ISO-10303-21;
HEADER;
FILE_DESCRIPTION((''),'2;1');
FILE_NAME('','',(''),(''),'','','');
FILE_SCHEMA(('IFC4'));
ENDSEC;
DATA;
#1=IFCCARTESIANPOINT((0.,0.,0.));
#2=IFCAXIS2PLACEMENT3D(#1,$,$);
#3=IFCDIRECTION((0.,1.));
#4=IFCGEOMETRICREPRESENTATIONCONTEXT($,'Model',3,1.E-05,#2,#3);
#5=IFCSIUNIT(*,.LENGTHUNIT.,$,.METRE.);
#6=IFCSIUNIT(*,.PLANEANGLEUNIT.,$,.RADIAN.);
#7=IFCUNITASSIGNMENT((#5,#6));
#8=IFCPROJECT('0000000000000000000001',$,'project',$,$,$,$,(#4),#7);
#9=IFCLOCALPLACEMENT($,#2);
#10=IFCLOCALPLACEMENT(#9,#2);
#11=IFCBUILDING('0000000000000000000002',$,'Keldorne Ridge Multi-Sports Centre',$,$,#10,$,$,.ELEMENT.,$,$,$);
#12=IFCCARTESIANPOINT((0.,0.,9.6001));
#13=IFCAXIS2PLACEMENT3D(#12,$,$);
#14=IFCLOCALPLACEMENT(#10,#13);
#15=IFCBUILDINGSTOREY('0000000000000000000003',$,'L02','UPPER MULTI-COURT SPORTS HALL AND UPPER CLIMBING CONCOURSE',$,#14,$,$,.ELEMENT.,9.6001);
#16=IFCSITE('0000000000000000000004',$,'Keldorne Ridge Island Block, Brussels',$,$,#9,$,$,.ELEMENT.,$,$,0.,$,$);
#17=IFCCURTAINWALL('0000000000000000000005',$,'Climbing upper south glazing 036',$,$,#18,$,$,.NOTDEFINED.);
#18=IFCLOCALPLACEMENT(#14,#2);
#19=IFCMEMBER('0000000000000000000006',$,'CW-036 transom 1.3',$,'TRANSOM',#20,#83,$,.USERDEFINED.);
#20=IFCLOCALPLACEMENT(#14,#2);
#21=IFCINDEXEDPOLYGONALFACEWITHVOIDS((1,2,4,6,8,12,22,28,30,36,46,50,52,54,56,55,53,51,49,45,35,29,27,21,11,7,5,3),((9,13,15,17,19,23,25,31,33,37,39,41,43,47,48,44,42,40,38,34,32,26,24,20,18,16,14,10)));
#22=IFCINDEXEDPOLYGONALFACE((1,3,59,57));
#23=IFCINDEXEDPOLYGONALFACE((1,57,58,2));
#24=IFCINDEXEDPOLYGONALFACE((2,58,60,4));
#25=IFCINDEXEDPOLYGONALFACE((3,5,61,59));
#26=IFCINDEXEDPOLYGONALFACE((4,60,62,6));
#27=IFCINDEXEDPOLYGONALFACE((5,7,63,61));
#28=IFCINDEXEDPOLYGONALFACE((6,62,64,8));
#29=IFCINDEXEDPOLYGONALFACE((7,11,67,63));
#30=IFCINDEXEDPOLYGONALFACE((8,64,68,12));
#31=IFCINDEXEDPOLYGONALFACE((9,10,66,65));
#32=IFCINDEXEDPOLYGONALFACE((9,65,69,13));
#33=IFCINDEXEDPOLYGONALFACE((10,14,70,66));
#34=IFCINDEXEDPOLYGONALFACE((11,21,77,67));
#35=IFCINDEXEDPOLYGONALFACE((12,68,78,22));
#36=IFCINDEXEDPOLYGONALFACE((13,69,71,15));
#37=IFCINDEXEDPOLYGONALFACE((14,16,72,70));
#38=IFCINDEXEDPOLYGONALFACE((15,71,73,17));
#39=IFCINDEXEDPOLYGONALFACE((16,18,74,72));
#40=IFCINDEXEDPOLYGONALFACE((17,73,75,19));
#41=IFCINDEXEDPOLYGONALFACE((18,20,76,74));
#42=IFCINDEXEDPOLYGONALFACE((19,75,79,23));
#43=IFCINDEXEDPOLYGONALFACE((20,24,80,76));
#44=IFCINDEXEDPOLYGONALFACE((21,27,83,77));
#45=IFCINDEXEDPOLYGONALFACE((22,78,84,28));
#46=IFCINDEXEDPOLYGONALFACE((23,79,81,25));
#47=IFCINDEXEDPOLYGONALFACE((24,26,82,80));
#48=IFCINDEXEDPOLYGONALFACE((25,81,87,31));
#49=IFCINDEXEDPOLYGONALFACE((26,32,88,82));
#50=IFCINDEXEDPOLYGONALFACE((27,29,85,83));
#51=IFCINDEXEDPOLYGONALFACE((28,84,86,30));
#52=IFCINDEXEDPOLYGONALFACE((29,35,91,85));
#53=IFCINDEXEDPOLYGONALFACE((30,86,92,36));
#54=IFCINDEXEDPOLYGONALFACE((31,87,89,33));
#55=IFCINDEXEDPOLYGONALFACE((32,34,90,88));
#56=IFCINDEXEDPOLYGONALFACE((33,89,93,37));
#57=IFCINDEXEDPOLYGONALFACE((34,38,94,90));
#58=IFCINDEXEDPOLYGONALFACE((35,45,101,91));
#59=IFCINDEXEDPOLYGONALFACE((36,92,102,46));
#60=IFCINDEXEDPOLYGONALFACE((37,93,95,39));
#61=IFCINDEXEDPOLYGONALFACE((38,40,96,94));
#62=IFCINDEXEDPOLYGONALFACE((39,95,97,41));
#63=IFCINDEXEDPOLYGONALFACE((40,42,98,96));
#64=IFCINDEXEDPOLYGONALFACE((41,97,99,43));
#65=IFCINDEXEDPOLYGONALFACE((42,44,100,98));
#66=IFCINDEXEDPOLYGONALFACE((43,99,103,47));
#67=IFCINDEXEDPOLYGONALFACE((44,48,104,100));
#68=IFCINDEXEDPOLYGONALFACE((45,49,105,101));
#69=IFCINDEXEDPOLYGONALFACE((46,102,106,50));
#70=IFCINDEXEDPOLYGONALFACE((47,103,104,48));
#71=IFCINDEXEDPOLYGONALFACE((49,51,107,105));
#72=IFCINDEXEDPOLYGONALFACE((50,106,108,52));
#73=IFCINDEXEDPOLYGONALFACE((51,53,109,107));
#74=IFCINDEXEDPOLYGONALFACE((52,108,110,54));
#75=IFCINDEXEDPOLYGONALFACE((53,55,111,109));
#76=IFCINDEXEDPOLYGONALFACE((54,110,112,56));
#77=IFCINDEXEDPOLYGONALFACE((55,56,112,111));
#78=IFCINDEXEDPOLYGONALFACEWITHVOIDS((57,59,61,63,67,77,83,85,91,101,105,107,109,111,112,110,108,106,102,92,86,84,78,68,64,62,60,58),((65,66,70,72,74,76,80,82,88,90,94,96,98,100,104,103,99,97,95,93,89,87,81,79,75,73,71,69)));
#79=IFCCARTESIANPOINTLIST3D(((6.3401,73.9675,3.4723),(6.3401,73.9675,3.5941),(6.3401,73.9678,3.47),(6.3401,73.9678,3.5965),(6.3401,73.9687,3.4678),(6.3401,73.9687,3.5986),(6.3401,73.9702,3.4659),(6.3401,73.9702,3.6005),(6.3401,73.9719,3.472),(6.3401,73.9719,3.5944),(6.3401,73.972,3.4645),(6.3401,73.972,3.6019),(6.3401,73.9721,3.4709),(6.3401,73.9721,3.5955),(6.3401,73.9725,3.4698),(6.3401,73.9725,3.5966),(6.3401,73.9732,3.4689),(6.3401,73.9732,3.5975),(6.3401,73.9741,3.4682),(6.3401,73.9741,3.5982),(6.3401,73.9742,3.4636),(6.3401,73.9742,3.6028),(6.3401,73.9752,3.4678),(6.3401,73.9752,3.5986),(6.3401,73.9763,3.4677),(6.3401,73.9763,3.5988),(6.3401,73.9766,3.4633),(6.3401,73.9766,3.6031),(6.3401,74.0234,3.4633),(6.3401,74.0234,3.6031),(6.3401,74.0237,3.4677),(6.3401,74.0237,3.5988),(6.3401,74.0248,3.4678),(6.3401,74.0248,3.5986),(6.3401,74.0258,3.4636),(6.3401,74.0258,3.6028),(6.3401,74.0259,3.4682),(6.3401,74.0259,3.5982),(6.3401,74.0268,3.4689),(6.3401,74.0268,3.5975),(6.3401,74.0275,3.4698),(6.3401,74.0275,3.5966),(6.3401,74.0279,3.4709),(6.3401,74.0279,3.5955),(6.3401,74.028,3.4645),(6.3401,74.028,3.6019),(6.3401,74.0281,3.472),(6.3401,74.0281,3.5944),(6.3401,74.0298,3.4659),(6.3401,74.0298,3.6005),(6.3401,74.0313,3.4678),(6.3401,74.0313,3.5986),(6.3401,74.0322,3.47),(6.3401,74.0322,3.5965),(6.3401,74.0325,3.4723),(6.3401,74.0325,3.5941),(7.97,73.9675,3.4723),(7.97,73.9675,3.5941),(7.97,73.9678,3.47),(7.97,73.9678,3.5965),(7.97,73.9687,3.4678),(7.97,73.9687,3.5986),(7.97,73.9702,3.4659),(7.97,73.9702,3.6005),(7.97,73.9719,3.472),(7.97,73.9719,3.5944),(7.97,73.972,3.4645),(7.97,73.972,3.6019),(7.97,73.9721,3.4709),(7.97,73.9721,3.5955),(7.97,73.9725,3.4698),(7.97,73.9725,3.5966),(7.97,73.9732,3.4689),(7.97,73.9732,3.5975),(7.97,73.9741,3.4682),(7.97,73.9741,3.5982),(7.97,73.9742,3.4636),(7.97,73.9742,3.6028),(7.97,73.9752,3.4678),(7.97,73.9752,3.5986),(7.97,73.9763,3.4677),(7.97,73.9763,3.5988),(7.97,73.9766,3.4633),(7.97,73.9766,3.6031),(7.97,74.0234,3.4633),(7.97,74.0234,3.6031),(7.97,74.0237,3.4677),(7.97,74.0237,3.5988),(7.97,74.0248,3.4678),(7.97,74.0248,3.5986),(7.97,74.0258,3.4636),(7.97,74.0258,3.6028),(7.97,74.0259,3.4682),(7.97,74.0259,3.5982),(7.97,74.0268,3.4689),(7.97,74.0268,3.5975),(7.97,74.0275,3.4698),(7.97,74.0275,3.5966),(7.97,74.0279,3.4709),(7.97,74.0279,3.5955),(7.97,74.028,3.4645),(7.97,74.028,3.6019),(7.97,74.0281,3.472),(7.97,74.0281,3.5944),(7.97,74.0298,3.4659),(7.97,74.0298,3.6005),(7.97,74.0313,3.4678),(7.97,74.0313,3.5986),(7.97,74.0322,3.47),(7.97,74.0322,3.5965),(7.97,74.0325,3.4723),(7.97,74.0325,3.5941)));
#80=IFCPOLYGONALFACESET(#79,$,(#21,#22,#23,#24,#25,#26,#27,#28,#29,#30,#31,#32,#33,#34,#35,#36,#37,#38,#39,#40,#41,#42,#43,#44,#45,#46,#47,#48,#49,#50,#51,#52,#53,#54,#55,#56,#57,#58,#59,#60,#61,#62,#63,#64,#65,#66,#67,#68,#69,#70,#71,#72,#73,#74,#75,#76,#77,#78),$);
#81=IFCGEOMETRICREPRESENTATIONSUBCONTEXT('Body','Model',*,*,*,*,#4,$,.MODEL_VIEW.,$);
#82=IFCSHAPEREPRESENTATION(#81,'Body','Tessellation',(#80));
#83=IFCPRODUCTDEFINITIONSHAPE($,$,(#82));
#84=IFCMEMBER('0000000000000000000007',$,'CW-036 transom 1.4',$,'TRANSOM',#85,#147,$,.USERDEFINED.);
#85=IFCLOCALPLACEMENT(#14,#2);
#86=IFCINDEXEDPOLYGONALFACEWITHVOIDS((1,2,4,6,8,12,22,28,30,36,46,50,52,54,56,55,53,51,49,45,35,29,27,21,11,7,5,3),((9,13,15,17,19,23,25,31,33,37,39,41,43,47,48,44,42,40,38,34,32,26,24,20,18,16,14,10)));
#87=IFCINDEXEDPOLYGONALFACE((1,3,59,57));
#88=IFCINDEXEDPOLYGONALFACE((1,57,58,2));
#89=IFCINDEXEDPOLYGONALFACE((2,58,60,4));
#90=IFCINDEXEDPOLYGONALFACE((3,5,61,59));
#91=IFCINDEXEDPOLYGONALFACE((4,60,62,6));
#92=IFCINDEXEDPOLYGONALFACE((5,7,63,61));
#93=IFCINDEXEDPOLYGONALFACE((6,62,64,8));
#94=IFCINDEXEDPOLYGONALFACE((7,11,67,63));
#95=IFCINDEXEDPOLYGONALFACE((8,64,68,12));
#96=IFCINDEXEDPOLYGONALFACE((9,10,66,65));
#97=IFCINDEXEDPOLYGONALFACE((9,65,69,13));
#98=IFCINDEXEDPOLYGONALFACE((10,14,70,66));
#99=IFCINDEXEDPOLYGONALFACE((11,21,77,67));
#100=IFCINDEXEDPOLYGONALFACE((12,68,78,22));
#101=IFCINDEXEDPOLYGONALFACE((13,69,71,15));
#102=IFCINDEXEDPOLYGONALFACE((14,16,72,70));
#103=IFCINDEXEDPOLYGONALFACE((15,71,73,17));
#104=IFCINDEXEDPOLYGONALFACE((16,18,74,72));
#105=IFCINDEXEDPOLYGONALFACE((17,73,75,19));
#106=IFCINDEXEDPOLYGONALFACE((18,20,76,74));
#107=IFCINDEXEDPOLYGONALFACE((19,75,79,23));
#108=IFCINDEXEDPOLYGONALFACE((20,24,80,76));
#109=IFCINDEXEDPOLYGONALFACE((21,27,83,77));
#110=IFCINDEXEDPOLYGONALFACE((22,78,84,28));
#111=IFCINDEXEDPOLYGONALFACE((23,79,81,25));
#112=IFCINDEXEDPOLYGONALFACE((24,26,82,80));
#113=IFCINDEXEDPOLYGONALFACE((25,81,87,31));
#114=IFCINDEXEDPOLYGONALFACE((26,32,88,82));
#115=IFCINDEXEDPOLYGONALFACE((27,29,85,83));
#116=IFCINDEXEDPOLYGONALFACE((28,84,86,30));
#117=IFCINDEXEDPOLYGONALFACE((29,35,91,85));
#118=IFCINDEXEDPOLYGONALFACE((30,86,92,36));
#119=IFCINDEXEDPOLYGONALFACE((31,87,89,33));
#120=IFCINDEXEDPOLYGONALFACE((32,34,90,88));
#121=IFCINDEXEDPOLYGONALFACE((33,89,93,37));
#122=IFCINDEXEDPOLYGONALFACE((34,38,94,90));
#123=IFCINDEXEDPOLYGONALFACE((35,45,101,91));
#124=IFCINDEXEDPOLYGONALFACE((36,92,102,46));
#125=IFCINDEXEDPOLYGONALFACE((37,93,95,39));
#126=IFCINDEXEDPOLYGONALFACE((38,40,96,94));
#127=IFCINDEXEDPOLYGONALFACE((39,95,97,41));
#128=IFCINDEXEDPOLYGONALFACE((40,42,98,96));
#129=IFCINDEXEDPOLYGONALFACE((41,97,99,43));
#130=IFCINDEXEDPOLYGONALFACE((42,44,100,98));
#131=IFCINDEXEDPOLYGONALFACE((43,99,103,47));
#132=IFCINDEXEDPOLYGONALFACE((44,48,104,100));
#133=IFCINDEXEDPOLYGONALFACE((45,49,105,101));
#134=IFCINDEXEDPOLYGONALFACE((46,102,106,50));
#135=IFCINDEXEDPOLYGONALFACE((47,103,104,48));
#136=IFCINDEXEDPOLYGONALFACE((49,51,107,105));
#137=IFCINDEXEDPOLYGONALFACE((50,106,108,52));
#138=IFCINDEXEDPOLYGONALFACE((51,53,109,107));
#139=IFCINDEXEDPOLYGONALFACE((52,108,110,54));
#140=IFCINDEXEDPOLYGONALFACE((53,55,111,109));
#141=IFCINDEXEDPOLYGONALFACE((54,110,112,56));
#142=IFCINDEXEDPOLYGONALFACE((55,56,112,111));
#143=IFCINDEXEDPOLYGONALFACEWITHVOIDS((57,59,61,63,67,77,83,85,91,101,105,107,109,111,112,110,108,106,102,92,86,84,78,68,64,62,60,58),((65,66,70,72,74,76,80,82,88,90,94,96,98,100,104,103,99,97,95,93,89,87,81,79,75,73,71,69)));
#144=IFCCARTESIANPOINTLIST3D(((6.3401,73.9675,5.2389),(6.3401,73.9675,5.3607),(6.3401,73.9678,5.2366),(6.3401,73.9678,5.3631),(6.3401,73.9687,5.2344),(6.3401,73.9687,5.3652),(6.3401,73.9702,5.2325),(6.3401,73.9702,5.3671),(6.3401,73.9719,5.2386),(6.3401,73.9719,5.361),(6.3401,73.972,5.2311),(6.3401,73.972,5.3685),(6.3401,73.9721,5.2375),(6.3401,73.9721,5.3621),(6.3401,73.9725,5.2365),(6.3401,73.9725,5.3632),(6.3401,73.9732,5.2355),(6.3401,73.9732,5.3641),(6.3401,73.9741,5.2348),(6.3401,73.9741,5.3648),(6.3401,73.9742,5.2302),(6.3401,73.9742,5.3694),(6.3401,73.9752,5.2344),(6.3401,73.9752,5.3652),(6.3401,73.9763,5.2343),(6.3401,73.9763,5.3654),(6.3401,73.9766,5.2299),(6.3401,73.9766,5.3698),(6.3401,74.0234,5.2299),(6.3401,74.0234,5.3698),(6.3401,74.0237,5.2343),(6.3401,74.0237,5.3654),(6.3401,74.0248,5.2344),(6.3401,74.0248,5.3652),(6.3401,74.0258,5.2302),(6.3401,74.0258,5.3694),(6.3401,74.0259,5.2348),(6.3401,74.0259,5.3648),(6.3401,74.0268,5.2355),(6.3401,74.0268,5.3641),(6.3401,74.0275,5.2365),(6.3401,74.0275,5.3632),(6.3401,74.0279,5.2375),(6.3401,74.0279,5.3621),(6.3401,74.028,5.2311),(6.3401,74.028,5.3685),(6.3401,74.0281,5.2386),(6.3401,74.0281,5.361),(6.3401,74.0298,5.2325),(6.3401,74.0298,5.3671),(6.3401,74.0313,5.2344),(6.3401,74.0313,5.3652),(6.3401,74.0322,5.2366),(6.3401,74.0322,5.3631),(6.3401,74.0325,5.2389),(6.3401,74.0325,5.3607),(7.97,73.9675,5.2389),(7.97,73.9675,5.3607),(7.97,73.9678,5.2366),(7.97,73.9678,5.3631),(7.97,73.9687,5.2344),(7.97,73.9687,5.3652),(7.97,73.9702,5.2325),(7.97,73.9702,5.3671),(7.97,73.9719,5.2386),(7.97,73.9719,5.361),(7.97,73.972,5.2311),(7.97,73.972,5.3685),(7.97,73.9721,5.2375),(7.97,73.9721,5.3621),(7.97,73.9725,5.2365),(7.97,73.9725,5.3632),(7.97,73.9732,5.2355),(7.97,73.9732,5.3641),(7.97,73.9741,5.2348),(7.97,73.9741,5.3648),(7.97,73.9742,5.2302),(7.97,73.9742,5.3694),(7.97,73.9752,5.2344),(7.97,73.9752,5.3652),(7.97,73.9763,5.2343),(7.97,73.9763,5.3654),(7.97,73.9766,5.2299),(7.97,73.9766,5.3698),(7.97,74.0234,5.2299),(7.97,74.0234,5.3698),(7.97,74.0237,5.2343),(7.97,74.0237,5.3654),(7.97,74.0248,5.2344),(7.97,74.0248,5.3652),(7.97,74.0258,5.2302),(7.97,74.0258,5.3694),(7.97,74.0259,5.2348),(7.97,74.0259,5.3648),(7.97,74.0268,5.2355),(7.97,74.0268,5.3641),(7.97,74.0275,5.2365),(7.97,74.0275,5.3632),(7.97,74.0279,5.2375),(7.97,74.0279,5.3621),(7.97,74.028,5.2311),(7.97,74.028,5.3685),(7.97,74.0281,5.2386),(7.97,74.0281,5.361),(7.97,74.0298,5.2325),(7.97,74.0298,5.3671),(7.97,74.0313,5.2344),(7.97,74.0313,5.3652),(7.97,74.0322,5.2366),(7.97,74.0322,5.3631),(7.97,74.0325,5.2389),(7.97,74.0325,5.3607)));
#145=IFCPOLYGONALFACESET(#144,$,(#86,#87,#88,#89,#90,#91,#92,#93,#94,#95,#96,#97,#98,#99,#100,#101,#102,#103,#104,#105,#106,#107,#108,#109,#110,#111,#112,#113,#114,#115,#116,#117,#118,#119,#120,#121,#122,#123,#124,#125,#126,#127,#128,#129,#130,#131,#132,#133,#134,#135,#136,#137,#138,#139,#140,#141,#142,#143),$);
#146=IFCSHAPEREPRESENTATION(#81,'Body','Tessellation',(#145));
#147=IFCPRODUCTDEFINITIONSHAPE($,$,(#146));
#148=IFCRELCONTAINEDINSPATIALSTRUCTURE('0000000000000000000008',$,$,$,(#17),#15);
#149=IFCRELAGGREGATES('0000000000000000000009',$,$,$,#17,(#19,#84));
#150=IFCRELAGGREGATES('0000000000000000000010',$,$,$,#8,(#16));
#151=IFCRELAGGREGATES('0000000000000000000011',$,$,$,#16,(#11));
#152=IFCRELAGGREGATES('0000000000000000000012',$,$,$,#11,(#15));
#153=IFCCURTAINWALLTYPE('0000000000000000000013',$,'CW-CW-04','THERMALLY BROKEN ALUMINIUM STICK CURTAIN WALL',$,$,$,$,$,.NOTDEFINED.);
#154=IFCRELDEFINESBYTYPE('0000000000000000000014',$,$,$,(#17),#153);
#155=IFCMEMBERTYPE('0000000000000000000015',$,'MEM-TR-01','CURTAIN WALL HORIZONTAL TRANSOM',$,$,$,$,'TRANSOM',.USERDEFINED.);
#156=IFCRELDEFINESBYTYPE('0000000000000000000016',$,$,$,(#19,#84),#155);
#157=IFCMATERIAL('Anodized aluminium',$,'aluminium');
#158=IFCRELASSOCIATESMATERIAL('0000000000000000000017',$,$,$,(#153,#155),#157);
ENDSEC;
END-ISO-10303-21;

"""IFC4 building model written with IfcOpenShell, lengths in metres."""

from ifc_helpers import new_model, si_unit, direction, frame, origin, origin_2d, place, context, subcontext, project, spatial, hollow_rectangle, extrude, material, material_profile, profile_set, type_object, element, aggregate, save


model = new_model("IFC4")

# Units and contexts
model_context = context("Model", 3, precision=1e-05, world=origin(), true_north=direction((0.0, 1.0)))
body_context = subcontext(model_context, "Body", "Model", "MODEL_VIEW")
ifc_project = project(units=[si_unit("LENGTHUNIT", "METRE"), si_unit("PLANEANGLEUNIT", "RADIAN")], contexts=[model_context])

# Site, building, storey
site_placement = place(None, origin())
site = spatial("IfcSite", under=ifc_project, at=site_placement, Name="Keldorne Ridge Island Block, Brussels", CompositionType="ELEMENT", RefElevation=0.0)
building_placement = place(site_placement, origin())
building = spatial("IfcBuilding", under=site, at=building_placement, Name="Keldorne Ridge Multi-Sports Centre", CompositionType="ELEMENT")
storey_placement = place(building_placement, frame((0.0, 0.0, 9.6001)))
storey = spatial("IfcBuildingStorey", under=building, at=storey_placement, Name="L02", Description="UPPER MULTI-COURT SPORTS HALL AND UPPER CLIMBING CONCOURSE", CompositionType="ELEMENT", Elevation=9.6001)

# Curtain wall
ifc_material_1 = material(Name="Anodized aluminium", Category="aluminium")
curtain_wall_type = type_object("IfcCurtainWallType", Name="CW-CW-04", Description="THERMALLY BROKEN ALUMINIUM STICK CURTAIN WALL", PredefinedType="NOTDEFINED", material=ifc_material_1)
curtain_wall_placement = place(storey_placement, origin())
curtain_wall = element("IfcCurtainWall", 1, at=curtain_wall_placement, inside=storey, type_object=curtain_wall_type, Name="Climbing upper south glazing 036", PredefinedType="NOTDEFINED")

# Members
ifc_material_profile_1 = material_profile(ifc_material_1, hollow_rectangle(XDim=0.0649, YDim=0.1399, WallThickness=0.0044, InnerFilletRadius=0.0044, OuterFilletRadius=0.009, at=origin_2d()), Name="ALU TRANSOM 140x65x4.5")
ifc_profile_set_1 = profile_set([ifc_material_profile_1], Name="Anodized aluminium")
member_type_1 = type_object("IfcMemberType", Name="MEM-TR-01", Description="CURTAIN WALL HORIZONTAL TRANSOM", ElementType="TRANSOM", PredefinedType="USERDEFINED", material=ifc_profile_set_1)
member_1_placement = place(storey_placement, frame((6.3401, 74.0, 3.5332), z_axis=(1.0, 0.0, 0.0), x_axis=(0.0, 1.0, 0.0)))
member_1 = element("IfcMember", 2, at=member_1_placement, type_object=member_type_1, Name="CW-036 transom 1.3", ObjectType="TRANSOM", PredefinedType="USERDEFINED", context=body_context, shape_type="SweptSolid", body=[
    extrude(hollow_rectangle(XDim=0.0649, YDim=0.1399, WallThickness=0.0044, InnerFilletRadius=0.0044, OuterFilletRadius=0.009, at=origin_2d()), origin(), (0.0, 0.0, 1.0), 1.6299),
])
member_2_placement = place(storey_placement, frame((6.3401, 74.0, 5.2998), z_axis=(1.0, 0.0, 0.0), x_axis=(0.0, 1.0, 0.0)))
member_2 = element("IfcMember", 3, at=member_2_placement, type_object=member_type_1, Name="CW-036 transom 1.4", ObjectType="TRANSOM", PredefinedType="USERDEFINED", context=body_context, shape_type="SweptSolid", body=[
    extrude(hollow_rectangle(XDim=0.0649, YDim=0.1399, WallThickness=0.0044, InnerFilletRadius=0.0044, OuterFilletRadius=0.009, at=origin_2d()), origin(), (0.0, 0.0, 1.0), 1.6299),
])

aggregate(curtain_wall, [member_1, member_2])

save(model, "model.ifc")
